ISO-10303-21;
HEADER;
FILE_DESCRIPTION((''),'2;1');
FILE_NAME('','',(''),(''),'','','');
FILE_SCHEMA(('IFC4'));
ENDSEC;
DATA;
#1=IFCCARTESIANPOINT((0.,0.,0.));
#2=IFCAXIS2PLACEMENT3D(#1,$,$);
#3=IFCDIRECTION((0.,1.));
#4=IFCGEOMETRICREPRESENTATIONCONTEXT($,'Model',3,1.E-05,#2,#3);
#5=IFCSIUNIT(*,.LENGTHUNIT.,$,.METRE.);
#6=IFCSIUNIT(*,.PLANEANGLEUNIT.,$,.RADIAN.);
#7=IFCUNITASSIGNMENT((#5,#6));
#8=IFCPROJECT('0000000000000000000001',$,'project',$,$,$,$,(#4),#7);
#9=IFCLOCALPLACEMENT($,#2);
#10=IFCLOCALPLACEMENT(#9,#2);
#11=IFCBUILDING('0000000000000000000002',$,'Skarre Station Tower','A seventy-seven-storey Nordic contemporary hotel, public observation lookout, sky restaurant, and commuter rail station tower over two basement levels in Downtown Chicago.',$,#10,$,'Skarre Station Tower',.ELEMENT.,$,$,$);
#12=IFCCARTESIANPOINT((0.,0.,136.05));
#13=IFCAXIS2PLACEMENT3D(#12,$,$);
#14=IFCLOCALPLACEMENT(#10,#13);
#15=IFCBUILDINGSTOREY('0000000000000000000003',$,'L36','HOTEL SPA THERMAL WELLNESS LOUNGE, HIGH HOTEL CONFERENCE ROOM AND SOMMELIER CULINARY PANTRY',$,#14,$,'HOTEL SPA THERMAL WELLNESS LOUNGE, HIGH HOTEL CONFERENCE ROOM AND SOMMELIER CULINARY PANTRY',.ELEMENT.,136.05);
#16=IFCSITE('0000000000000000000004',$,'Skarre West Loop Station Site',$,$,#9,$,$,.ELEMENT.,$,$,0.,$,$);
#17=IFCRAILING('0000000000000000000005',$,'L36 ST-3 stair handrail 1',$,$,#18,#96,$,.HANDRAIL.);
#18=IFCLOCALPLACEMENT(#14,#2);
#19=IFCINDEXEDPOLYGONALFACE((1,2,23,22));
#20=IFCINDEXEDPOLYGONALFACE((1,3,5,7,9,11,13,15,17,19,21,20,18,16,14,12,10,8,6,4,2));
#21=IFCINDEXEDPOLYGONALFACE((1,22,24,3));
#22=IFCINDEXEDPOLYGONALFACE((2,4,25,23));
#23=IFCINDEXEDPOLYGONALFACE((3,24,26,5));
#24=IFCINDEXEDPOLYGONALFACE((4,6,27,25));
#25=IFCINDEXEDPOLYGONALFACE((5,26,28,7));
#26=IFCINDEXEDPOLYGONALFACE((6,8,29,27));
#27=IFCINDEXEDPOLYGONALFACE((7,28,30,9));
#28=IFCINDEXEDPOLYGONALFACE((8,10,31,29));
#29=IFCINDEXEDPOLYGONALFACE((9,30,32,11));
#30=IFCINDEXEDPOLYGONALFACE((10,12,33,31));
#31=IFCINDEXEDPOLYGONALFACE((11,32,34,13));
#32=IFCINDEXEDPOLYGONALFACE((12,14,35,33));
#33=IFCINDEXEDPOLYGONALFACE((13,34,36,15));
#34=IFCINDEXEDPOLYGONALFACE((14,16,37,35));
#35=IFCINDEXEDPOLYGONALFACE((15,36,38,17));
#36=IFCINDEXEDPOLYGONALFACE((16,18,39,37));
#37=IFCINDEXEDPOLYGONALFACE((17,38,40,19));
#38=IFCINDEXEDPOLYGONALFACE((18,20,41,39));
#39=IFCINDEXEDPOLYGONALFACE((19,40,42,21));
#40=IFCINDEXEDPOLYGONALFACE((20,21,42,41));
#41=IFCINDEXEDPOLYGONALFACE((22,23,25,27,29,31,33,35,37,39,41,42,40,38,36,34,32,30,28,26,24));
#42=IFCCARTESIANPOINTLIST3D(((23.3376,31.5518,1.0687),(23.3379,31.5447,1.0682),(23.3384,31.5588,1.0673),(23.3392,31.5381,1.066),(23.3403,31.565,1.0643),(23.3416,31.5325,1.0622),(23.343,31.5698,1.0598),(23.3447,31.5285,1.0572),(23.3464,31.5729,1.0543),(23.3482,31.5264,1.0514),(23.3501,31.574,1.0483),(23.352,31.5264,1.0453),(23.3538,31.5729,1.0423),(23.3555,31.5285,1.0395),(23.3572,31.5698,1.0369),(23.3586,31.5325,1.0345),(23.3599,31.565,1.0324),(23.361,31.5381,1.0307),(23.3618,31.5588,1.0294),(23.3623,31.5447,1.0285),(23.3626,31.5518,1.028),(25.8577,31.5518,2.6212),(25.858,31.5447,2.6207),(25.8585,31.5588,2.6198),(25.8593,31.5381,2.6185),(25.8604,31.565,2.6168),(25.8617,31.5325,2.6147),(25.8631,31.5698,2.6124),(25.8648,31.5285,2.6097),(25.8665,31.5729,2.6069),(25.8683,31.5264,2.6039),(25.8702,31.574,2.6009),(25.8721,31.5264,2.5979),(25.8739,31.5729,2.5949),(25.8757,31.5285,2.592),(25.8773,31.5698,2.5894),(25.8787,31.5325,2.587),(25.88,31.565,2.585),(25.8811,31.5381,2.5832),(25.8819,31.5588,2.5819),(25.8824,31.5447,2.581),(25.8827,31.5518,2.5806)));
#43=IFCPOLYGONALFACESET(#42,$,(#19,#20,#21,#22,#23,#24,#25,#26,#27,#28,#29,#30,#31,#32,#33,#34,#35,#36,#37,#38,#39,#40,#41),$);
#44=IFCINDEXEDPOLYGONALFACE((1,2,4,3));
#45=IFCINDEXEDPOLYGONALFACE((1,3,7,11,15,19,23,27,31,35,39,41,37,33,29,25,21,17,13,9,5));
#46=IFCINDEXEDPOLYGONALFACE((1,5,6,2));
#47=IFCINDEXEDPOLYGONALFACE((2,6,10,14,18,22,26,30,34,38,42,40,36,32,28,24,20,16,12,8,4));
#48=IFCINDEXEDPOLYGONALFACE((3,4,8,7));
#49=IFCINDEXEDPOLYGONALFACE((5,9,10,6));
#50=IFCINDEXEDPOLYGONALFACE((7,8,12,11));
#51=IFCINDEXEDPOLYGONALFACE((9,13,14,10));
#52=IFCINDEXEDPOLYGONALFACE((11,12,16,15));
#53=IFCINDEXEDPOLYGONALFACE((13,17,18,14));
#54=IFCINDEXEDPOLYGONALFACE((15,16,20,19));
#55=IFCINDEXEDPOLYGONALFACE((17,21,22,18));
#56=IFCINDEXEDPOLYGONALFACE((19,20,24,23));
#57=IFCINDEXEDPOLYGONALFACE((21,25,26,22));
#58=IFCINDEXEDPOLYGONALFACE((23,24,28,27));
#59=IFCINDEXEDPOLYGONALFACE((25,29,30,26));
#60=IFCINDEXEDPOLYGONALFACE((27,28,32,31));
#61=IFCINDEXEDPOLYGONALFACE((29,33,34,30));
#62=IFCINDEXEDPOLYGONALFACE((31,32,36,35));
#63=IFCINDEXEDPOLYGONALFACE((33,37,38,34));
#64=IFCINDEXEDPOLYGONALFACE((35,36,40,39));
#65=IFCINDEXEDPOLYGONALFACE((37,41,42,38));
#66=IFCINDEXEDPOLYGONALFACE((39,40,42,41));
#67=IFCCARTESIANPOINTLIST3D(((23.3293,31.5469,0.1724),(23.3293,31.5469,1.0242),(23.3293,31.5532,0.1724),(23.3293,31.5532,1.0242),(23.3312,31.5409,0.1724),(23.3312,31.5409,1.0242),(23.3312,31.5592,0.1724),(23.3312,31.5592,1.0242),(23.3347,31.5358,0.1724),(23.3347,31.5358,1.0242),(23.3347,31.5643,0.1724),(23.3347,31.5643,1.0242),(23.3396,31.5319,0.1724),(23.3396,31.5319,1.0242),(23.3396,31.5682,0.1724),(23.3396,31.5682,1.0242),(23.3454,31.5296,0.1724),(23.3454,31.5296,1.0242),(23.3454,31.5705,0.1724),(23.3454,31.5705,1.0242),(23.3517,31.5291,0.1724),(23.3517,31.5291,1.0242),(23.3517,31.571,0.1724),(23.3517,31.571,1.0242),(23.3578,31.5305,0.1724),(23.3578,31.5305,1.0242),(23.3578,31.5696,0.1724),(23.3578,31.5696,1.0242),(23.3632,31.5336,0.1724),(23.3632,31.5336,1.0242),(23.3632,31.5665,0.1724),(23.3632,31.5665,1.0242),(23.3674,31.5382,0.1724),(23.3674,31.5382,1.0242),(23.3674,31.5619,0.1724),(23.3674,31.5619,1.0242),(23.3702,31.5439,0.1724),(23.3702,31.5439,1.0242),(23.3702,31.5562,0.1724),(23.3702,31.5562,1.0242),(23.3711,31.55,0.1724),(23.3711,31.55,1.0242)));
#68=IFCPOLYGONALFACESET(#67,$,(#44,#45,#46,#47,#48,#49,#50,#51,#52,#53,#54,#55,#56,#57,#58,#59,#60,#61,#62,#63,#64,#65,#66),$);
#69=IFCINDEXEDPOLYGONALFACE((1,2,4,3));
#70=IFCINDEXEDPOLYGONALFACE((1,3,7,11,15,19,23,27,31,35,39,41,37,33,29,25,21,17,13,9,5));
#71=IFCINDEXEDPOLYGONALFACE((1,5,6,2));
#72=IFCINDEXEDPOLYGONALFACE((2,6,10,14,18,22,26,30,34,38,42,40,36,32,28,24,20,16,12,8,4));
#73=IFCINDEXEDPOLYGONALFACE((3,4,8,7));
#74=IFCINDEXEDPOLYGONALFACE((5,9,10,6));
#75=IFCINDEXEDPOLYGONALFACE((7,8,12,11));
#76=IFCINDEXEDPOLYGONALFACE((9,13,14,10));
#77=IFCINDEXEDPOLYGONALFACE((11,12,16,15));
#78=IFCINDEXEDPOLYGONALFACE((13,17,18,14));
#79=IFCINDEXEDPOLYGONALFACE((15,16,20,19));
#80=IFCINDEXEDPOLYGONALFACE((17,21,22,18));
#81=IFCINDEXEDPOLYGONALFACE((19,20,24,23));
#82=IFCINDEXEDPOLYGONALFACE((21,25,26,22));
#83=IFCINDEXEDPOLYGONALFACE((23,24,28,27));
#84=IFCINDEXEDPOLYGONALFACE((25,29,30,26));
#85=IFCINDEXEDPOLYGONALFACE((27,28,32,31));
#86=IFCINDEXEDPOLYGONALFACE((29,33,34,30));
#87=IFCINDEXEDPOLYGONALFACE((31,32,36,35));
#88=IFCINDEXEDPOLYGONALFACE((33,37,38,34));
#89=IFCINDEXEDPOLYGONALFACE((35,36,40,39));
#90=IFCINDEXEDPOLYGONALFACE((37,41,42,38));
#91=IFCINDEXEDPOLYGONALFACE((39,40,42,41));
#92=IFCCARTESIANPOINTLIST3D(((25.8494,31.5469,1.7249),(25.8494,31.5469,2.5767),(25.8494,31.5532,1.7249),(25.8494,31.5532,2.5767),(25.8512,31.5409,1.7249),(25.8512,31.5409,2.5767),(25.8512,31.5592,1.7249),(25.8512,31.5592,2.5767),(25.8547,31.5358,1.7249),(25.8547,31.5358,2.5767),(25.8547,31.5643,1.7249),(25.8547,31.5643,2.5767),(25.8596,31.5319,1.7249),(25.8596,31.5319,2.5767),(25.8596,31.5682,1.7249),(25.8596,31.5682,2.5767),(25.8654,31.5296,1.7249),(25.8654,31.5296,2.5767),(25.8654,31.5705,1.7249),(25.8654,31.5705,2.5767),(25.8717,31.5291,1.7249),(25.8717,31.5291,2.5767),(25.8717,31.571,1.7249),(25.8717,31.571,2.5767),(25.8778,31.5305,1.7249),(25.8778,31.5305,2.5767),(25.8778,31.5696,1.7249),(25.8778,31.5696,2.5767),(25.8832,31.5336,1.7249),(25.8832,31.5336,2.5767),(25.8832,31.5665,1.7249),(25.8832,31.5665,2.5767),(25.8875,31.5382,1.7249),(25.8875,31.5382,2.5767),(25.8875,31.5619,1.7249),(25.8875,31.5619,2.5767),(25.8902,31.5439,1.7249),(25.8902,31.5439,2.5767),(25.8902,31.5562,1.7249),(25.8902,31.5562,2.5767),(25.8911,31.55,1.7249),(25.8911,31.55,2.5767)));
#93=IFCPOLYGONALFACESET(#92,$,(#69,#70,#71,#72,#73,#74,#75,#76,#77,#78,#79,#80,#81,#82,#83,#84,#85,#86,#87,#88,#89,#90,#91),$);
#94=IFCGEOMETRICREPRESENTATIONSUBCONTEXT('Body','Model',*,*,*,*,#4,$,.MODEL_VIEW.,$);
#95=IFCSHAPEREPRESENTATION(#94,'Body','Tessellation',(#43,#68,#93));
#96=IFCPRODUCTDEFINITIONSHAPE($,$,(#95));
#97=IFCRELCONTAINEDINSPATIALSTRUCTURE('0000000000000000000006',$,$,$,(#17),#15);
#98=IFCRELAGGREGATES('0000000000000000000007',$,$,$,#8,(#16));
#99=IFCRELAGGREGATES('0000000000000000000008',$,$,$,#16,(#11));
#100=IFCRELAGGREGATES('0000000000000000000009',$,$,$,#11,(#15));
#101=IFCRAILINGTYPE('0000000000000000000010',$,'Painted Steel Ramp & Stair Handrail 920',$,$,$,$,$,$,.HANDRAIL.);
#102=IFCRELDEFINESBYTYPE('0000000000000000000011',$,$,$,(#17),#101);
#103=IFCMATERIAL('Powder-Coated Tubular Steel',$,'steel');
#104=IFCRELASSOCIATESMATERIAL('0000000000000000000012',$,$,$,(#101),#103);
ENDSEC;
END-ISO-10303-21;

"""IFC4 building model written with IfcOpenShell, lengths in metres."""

from ifc_helpers import new_model, si_unit, direction, frame, origin, origin_2d, place, context, subcontext, project, spatial, circle, extrude, material, type_object, element, save


model = new_model("IFC4")

# Units and contexts
model_context = context("Model", 3, precision=1e-05, world=origin(), true_north=direction((0.0, 1.0)))
body_context = subcontext(model_context, "Body", "Model", "MODEL_VIEW")
ifc_project = project(units=[si_unit("LENGTHUNIT", "METRE"), si_unit("PLANEANGLEUNIT", "RADIAN")], contexts=[model_context])

# Site, building, storey
site_placement = place(None, origin())
site = spatial("IfcSite", under=ifc_project, at=site_placement, Name="Skarre West Loop Station Site", CompositionType="ELEMENT", RefElevation=0.0)
building_placement = place(site_placement, origin())
building = spatial("IfcBuilding", under=site, at=building_placement, Name="Skarre Station Tower", Description="A seventy-seven-storey Nordic contemporary hotel, public observation lookout, sky restaurant, and commuter rail station tower over two basement levels in Downtown Chicago.", LongName="Skarre Station Tower", CompositionType="ELEMENT")
storey_placement = place(building_placement, frame((0.0, 0.0, 136.05)))
storey = spatial("IfcBuildingStorey", under=building, at=storey_placement, Name="L36", Description="HOTEL SPA THERMAL WELLNESS LOUNGE, HIGH HOTEL CONFERENCE ROOM AND SOMMELIER CULINARY PANTRY", LongName="HOTEL SPA THERMAL WELLNESS LOUNGE, HIGH HOTEL CONFERENCE ROOM AND SOMMELIER CULINARY PANTRY", CompositionType="ELEMENT", Elevation=136.05)

# Railing
ifc_material_1 = material(Name="Powder-Coated Tubular Steel", Category="steel")
railing_type_1 = type_object("IfcRailingType", Name="Painted Steel Ramp & Stair Handrail 920", PredefinedType="HANDRAIL", material=ifc_material_1)
railing_1_placement = place(storey_placement, frame((23.3501, 31.55, 0.1724)))
element("IfcRailing", 1, at=railing_1_placement, inside=storey, type_object=railing_type_1, Name="L36 ST-3 stair handrail 1", PredefinedType="HANDRAIL", context=body_context, shape_type="SweptSolid", body=[
    extrude(circle(Radius=0.0239, at=origin_2d()), frame((0.0, 0.0, 0.876), z_axis=(0.8514, 0.0, 0.524516), x_axis=(0.0, 1.0, 0.0)), (0.0, 0.0, 1.0), 2.96),
    extrude(circle(Radius=0.021, at=origin_2d()), origin(), (0.0, 0.0, 1.0), 0.8518),
    extrude(circle(Radius=0.021, at=origin_2d()), frame((2.52, 0.0, 1.5525)), (0.0, 0.0, 1.0), 0.8518),
])

save(model, "model.ifc")
